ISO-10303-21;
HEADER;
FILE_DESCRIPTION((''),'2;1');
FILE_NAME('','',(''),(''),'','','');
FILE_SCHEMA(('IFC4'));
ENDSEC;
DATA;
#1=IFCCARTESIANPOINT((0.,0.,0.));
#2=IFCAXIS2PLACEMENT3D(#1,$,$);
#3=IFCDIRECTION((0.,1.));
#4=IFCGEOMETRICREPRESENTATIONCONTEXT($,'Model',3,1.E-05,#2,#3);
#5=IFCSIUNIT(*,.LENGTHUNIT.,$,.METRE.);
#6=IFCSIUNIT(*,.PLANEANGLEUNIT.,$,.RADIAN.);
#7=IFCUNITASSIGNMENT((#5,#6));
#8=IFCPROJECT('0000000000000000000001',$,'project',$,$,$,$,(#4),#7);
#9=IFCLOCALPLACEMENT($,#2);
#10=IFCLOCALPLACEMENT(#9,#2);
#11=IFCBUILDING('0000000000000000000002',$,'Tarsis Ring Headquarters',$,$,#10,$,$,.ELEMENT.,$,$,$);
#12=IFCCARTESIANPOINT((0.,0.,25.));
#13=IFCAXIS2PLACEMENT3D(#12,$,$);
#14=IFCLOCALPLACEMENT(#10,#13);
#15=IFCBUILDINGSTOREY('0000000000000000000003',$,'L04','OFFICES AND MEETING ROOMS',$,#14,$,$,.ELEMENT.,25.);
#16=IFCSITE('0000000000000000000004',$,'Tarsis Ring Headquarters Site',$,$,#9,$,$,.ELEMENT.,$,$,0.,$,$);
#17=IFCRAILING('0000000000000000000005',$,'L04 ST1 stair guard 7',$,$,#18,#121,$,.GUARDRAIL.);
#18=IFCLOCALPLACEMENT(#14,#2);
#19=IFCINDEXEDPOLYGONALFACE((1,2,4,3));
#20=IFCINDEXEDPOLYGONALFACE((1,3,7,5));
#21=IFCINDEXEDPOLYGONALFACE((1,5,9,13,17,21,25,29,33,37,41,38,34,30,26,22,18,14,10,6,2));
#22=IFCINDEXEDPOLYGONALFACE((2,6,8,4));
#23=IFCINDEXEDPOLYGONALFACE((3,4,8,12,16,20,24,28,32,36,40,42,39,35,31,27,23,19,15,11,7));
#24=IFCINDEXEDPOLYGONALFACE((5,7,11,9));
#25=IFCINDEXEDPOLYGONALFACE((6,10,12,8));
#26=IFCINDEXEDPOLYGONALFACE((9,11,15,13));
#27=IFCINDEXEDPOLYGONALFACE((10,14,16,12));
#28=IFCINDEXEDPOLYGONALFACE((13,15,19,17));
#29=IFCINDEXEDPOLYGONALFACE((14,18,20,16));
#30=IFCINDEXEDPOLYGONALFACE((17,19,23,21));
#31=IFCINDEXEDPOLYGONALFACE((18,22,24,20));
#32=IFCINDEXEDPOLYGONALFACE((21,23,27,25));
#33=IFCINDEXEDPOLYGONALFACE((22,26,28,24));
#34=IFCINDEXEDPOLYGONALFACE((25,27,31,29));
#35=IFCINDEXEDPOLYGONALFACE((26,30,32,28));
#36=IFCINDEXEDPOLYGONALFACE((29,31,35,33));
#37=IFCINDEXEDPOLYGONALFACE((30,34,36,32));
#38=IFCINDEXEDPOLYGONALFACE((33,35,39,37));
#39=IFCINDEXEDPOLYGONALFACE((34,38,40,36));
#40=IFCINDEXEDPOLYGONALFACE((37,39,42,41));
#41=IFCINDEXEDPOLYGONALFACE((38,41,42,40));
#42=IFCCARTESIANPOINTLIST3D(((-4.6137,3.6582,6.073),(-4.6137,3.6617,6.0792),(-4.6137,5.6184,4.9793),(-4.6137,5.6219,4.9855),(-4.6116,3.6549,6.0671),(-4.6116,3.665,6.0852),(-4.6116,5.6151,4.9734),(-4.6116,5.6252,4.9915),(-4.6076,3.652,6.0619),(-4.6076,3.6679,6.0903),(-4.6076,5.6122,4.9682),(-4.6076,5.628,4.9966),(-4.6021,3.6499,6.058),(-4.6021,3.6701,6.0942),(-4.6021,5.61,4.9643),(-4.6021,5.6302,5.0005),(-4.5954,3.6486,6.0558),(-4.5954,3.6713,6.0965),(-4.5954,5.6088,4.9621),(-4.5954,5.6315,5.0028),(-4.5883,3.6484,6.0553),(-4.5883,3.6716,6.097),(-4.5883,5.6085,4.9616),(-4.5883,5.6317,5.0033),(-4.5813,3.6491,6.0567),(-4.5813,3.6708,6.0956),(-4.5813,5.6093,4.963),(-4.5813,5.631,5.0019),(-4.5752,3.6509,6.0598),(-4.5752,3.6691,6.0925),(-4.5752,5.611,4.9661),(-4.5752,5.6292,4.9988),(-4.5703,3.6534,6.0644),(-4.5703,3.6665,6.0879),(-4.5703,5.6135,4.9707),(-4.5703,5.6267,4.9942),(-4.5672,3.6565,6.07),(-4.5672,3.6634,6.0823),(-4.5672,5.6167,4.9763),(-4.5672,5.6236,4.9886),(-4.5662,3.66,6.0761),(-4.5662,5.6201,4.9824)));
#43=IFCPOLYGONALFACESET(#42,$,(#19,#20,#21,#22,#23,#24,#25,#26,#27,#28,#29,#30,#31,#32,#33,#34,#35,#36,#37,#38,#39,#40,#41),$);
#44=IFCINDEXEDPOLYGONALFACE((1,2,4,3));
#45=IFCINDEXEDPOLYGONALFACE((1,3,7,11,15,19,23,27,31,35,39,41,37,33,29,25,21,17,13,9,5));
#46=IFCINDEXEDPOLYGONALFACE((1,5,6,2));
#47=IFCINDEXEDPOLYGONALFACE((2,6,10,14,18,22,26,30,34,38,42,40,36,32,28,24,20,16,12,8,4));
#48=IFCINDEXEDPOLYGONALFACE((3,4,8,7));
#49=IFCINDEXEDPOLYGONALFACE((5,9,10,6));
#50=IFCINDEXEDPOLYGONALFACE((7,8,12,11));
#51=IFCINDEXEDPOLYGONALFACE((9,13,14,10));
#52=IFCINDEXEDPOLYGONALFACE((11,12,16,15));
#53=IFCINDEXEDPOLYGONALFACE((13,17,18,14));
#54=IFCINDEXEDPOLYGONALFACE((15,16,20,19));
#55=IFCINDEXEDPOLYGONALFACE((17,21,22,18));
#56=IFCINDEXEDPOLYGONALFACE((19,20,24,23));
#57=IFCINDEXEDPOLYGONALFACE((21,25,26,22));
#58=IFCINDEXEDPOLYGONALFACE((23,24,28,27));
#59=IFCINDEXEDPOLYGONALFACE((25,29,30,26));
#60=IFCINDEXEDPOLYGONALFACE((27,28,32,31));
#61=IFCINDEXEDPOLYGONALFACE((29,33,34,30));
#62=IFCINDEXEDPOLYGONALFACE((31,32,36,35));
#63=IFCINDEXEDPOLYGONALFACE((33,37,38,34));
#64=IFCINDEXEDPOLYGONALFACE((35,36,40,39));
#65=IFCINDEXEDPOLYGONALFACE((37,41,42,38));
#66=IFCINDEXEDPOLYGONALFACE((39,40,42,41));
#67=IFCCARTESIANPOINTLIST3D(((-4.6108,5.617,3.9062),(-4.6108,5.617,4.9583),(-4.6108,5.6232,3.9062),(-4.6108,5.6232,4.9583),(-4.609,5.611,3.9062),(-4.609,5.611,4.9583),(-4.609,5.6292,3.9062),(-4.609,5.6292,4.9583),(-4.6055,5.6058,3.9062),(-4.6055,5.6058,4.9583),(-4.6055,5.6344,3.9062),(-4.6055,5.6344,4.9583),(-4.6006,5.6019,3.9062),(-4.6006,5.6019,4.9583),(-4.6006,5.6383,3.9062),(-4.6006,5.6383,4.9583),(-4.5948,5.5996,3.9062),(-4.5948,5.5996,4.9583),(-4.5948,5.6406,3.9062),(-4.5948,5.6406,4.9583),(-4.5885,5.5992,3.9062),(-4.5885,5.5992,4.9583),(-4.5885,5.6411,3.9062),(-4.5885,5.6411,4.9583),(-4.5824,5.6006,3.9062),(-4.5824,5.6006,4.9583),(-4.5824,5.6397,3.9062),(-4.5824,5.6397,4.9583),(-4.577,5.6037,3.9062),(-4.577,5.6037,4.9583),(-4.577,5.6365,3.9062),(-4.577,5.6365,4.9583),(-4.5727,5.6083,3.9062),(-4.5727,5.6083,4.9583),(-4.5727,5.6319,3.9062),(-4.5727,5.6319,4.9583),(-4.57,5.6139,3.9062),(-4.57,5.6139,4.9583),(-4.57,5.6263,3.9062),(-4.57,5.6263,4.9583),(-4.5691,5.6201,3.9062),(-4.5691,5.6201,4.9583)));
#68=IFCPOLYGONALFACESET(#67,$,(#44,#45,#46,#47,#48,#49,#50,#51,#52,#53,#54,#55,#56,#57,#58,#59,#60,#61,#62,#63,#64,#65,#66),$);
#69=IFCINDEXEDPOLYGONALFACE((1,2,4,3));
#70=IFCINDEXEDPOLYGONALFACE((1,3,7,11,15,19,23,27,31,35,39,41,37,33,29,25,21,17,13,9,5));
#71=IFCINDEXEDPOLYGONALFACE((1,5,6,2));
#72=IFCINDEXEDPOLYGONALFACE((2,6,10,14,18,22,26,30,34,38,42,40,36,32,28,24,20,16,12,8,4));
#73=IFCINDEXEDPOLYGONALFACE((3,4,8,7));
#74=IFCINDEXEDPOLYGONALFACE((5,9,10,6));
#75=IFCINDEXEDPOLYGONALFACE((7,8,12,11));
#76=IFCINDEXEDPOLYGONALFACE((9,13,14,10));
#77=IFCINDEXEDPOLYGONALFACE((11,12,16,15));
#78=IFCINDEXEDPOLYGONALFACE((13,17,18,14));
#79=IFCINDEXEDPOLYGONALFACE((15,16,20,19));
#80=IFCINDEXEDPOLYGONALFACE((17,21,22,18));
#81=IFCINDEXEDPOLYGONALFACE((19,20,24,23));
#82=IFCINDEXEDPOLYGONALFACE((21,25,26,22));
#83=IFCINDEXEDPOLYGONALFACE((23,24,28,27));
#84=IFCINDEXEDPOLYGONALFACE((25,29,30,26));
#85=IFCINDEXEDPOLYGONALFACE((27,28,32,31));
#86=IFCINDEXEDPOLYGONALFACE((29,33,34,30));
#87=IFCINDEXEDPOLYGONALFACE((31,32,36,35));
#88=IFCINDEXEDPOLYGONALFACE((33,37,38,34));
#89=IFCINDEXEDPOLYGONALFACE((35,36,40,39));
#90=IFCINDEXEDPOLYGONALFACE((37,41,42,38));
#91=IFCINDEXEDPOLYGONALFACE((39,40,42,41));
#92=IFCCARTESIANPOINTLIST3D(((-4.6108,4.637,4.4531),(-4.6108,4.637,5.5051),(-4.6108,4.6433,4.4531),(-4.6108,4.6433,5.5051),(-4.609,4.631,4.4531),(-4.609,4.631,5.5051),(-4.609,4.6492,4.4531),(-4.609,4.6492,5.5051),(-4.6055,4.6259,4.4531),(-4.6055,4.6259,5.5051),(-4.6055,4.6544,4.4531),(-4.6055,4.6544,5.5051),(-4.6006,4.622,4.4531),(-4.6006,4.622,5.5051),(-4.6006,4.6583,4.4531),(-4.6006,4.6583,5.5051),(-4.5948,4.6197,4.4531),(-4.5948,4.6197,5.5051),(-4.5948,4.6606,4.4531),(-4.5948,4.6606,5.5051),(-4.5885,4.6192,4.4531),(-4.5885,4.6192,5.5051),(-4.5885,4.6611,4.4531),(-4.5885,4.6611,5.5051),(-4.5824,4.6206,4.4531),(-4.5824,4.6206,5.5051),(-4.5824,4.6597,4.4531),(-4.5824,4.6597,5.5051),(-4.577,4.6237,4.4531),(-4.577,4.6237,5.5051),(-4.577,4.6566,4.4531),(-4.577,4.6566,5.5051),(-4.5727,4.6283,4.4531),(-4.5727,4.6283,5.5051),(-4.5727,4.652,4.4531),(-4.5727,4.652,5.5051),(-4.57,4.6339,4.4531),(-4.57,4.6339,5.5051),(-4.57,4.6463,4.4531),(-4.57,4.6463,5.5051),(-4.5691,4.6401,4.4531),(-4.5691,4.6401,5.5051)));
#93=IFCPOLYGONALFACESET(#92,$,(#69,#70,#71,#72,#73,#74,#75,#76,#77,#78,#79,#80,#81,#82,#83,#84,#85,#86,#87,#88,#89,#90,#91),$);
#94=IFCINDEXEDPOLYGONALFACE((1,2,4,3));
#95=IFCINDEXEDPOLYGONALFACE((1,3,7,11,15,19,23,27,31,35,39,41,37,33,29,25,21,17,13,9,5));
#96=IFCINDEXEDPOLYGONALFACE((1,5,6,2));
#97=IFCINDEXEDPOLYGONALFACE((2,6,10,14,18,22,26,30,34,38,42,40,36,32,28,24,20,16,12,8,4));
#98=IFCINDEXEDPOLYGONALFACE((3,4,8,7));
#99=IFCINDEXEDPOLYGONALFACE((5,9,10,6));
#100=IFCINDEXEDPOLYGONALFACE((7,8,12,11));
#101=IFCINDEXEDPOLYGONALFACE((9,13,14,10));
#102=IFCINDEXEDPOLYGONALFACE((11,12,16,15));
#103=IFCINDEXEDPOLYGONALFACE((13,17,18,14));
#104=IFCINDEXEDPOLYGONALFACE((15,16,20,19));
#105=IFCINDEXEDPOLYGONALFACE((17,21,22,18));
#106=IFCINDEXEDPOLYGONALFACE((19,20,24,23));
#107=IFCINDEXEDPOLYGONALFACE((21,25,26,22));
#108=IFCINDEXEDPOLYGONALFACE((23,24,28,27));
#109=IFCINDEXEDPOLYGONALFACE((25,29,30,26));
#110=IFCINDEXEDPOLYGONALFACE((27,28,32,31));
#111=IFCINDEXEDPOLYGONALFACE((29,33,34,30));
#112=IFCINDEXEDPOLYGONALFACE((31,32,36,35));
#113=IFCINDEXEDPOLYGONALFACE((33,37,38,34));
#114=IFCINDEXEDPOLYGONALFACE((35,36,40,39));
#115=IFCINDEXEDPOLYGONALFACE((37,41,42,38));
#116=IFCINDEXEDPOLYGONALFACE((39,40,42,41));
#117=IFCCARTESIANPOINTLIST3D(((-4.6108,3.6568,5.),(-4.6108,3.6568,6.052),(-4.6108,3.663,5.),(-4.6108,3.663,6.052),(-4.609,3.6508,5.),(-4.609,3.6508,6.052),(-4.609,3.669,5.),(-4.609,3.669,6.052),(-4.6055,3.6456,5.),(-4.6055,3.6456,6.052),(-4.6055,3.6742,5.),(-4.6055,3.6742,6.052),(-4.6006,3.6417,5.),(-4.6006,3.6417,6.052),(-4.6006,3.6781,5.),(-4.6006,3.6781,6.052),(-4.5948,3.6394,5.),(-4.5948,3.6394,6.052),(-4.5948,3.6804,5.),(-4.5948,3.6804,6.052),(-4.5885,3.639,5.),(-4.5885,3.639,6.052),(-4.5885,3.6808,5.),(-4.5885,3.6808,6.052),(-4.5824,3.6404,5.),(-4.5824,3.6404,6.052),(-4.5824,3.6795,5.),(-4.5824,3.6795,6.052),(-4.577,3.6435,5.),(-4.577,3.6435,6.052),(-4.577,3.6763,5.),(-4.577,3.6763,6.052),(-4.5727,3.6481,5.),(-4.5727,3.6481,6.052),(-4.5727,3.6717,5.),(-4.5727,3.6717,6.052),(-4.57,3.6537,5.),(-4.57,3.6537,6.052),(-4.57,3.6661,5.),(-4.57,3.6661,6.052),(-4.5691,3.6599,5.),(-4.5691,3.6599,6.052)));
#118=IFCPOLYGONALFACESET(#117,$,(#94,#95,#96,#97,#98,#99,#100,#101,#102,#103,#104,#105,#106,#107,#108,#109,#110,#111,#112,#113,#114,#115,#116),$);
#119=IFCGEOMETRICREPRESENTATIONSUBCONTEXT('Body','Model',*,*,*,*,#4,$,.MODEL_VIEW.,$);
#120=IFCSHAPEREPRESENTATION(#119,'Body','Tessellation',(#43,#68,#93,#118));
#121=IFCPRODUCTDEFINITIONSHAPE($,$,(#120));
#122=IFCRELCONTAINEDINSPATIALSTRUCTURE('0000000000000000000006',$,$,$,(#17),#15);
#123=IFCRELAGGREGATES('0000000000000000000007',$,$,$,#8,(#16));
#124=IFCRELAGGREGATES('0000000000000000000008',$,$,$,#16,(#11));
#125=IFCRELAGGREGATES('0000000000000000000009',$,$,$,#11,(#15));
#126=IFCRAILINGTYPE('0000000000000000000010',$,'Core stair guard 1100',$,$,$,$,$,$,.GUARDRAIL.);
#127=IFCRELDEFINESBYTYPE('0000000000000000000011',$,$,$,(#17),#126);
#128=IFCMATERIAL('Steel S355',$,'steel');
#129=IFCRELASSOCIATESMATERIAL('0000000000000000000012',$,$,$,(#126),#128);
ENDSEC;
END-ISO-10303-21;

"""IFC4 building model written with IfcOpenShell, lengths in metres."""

from ifc_helpers import new_model, si_unit, direction, frame, origin, origin_2d, place, context, subcontext, project, spatial, circle, extrude, material, type_object, element, save


model = new_model("IFC4")

# Units and contexts
model_context = context("Model", 3, precision=1e-05, world=origin(), true_north=direction((0.0, 1.0)))
body_context = subcontext(model_context, "Body", "Model", "MODEL_VIEW")
ifc_project = project(units=[si_unit("LENGTHUNIT", "METRE"), si_unit("PLANEANGLEUNIT", "RADIAN")], contexts=[model_context])

# Site, building, storey
site_placement = place(None, origin())
site = spatial("IfcSite", under=ifc_project, at=site_placement, Name="Tarsis Ring Headquarters Site", CompositionType="ELEMENT", RefElevation=0.0)
building_placement = place(site_placement, origin())
building = spatial("IfcBuilding", under=site, at=building_placement, Name="Tarsis Ring Headquarters", CompositionType="ELEMENT")
storey_placement = place(building_placement, frame((0.0, 0.0, 25.0)))
storey = spatial("IfcBuildingStorey", under=building, at=storey_placement, Name="L04", Description="OFFICES AND MEETING ROOMS", CompositionType="ELEMENT", Elevation=25.0)

# Railing
ifc_material_1 = material(Name="Steel S355", Category="steel")
railing_type = type_object("IfcRailingType", Name="Core stair guard 1100", PredefinedType="GUARDRAIL", material=ifc_material_1)
railing_placement = place(storey_placement, frame((-4.5901, 5.6201, 3.9062)))
element("IfcRailing", 1, at=railing_placement, inside=storey, type_object=railing_type, Name="L04 ST1 stair guard 7", PredefinedType="GUARDRAIL", context=body_context, shape_type="SweptSolid", body=[
    extrude(circle(Radius=0.0239, at=origin_2d()), frame((0.0, 0.0, 1.0762), z_axis=(0.0, -0.873258, 0.487258), x_axis=(1.0, 0.0, 0.0)), (0.0, 0.0, 1.0), 2.2446),
    extrude(circle(Radius=0.021, at=origin_2d()), origin(), (0.0, 0.0, 1.0), 1.052),
    extrude(circle(Radius=0.021, at=origin_2d()), frame((0.0, -0.98, 0.5469)), (0.0, 0.0, 1.0), 1.052),
    extrude(circle(Radius=0.021, at=origin_2d()), frame((0.0, -1.9602, 1.0938)), (0.0, 0.0, 1.0), 1.052),
])

save(model, "model.ifc")
